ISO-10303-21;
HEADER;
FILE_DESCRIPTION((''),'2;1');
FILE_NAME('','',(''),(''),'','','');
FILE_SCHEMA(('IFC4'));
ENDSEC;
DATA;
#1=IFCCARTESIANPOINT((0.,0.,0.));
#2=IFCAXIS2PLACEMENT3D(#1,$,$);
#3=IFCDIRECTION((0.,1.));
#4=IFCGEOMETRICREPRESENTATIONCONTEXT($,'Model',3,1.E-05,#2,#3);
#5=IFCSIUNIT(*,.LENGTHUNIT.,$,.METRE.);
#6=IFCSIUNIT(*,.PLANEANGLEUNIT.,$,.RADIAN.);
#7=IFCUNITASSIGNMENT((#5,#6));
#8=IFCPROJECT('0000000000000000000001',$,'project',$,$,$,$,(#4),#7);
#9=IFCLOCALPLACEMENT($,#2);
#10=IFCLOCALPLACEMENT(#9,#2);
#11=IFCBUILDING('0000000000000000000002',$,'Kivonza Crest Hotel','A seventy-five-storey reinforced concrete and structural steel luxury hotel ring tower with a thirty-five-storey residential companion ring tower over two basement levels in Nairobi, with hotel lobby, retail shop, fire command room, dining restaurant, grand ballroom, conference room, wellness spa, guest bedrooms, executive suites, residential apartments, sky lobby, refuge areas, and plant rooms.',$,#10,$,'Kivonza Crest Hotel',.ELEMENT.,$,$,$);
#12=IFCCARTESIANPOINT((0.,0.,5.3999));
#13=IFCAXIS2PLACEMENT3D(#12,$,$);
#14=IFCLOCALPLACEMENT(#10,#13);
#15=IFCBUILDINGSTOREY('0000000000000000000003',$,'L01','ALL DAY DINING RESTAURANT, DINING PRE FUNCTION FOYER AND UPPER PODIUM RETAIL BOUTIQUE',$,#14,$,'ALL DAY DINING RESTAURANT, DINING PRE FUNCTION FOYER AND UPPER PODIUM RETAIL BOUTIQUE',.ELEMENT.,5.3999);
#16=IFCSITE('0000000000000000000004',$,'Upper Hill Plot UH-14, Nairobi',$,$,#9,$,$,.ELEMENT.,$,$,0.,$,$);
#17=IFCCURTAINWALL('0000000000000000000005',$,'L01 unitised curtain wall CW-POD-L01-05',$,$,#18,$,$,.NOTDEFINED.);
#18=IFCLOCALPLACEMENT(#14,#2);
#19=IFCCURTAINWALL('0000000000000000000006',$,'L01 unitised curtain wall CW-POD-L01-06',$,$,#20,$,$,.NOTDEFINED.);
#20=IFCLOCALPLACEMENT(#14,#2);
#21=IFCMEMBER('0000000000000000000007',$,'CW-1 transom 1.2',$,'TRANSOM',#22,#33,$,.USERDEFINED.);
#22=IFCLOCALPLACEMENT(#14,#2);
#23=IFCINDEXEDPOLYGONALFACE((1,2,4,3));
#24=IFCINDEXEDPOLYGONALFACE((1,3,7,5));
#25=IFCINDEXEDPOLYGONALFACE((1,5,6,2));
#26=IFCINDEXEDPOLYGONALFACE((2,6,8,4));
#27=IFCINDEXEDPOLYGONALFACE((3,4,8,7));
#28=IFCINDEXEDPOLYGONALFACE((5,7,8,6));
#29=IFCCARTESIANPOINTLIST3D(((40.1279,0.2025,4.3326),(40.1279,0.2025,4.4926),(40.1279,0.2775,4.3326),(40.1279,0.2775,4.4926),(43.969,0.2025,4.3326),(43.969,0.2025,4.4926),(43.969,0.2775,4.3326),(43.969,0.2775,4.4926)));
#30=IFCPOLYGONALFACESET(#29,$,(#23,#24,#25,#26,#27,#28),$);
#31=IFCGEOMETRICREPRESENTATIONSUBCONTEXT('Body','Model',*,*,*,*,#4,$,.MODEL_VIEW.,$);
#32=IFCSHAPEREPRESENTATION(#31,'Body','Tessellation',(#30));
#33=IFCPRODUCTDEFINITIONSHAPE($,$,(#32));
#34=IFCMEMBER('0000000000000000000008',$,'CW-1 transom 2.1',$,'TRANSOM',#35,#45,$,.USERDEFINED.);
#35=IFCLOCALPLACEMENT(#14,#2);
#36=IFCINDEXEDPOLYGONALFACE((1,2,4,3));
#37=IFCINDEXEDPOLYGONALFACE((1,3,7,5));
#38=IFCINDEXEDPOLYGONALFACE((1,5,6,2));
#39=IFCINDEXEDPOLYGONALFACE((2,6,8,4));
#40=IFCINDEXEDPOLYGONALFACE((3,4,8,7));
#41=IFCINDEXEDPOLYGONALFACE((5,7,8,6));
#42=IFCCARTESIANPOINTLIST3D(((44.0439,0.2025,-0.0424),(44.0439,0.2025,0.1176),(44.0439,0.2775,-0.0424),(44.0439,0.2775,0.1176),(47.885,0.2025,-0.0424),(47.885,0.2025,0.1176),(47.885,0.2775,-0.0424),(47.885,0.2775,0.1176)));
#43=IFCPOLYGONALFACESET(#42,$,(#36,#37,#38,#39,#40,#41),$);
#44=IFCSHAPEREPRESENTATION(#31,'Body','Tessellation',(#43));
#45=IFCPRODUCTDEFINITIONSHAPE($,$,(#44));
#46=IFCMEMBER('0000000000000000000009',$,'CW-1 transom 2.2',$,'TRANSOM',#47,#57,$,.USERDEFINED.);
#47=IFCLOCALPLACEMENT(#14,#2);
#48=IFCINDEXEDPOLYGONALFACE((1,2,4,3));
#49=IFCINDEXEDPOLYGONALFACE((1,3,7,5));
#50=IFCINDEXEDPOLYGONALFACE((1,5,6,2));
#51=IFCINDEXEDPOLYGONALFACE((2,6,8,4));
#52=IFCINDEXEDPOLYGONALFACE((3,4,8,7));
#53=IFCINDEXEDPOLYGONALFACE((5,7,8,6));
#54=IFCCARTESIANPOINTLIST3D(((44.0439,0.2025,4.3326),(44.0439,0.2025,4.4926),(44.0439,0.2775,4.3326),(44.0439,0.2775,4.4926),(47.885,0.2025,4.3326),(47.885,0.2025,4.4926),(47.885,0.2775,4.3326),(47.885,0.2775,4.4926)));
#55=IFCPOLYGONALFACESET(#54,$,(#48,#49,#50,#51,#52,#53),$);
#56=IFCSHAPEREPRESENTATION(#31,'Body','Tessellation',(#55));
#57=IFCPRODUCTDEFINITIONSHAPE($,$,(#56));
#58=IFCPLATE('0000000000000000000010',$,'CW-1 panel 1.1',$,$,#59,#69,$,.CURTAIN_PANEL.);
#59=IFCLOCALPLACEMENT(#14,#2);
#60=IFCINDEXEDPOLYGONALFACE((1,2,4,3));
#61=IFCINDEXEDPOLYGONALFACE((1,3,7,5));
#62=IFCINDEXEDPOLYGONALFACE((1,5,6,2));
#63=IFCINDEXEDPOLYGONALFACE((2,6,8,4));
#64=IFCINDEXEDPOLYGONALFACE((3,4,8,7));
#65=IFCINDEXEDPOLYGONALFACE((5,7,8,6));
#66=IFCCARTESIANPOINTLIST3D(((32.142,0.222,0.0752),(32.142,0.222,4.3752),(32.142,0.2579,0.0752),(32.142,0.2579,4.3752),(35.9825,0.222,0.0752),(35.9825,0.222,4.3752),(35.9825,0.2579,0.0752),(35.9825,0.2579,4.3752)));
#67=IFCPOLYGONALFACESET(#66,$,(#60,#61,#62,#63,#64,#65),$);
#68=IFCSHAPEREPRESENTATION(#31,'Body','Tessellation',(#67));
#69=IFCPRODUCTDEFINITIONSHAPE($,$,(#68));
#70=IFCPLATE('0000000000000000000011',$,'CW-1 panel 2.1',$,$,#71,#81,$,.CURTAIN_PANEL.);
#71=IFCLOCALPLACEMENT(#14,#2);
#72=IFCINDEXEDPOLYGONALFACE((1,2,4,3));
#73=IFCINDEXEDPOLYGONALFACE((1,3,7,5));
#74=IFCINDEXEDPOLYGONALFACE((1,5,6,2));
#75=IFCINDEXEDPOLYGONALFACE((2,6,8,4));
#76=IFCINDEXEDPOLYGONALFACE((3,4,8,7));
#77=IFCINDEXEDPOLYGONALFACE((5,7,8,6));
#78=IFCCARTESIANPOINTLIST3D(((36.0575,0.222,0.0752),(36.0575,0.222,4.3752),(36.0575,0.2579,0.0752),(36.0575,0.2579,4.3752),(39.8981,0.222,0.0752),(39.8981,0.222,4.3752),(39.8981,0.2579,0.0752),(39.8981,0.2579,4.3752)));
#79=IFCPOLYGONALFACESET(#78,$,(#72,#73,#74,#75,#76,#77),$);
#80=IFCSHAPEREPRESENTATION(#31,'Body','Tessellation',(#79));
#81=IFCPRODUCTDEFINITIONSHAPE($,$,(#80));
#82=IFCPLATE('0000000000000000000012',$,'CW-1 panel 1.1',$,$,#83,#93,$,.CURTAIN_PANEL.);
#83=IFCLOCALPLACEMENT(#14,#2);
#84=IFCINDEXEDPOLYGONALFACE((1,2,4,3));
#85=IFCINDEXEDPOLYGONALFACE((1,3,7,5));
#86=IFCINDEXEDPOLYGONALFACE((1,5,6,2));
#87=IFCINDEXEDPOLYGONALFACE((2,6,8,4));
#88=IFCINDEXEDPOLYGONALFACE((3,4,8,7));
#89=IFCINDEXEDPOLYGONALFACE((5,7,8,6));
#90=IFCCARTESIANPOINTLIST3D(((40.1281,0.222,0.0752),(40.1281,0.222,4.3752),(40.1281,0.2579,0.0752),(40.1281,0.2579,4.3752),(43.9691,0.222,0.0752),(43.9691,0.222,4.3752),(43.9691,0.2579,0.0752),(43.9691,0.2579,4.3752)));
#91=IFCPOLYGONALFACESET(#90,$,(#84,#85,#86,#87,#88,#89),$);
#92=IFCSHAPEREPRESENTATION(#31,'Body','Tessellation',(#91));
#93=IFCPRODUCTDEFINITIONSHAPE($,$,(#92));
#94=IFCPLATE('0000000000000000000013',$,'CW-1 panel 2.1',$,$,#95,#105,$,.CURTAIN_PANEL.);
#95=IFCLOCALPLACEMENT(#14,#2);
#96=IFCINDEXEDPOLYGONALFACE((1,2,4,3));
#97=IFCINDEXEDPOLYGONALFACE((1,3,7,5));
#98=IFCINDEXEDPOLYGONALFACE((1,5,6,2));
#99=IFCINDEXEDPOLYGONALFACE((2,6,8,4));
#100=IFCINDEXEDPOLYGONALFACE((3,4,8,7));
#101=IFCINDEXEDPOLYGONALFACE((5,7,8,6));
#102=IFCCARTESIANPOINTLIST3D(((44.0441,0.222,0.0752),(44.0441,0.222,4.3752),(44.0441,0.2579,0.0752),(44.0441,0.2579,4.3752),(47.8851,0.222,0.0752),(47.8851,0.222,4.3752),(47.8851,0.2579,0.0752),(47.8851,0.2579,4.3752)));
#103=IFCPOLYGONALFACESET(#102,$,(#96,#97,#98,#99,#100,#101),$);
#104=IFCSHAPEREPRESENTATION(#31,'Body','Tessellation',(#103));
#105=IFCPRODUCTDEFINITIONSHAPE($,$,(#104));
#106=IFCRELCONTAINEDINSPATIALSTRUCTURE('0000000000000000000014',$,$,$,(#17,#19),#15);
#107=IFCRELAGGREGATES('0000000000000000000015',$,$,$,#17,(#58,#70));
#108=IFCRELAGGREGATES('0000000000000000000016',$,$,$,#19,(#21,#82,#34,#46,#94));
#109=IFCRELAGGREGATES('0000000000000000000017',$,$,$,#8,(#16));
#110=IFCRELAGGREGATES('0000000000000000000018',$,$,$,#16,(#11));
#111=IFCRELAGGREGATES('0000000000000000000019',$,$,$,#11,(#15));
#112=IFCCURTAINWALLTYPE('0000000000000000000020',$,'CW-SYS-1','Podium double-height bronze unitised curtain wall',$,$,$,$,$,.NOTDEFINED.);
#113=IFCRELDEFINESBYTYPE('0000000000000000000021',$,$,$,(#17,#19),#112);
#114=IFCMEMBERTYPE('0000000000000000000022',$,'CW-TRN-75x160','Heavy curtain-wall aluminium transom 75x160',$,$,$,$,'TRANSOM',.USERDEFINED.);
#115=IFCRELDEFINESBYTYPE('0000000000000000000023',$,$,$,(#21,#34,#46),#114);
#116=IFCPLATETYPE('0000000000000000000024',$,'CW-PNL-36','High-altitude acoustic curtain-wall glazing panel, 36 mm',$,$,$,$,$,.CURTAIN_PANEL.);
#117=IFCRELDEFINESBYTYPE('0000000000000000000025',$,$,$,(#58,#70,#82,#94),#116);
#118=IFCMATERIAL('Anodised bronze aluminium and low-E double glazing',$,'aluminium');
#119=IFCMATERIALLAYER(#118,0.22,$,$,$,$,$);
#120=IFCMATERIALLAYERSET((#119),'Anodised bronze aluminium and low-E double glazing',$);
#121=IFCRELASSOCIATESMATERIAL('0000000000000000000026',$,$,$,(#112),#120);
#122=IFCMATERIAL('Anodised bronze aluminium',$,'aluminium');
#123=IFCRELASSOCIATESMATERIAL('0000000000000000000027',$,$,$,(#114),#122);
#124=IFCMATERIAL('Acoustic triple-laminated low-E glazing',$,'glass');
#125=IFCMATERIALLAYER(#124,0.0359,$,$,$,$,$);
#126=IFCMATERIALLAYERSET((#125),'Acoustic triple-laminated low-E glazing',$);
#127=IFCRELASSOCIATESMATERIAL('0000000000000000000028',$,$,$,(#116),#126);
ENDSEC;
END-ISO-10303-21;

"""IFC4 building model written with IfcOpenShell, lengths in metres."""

from ifc_helpers import new_model, si_unit, direction, frame, origin, origin_2d, place, context, subcontext, project, spatial, rectangle, extrude, material, layer, layer_set, material_profile, profile_set, type_object, element, aggregate, save


model = new_model("IFC4")

# Units and contexts
model_context = context("Model", 3, precision=1e-05, world=origin(), true_north=direction((0.0, 1.0)))
body_context = subcontext(model_context, "Body", "Model", "MODEL_VIEW")
ifc_project = project(units=[si_unit("LENGTHUNIT", "METRE"), si_unit("PLANEANGLEUNIT", "RADIAN")], contexts=[model_context])

# Site, building, storey
site_placement = place(None, origin())
site = spatial("IfcSite", under=ifc_project, at=site_placement, Name="Upper Hill Plot UH-14, Nairobi", CompositionType="ELEMENT", RefElevation=0.0)
building_placement = place(site_placement, origin())
building = spatial("IfcBuilding", under=site, at=building_placement, Name="Kivonza Crest Hotel", Description="A seventy-five-storey reinforced concrete and structural steel luxury hotel ring tower with a thirty-five-storey residential companion ring tower over two basement levels in Nairobi, with hotel lobby, retail shop, fire command room, dining restaurant, grand ballroom, conference room, wellness spa, guest bedrooms, executive suites, residential apartments, sky lobby, refuge areas, and plant rooms.", LongName="Kivonza Crest Hotel", CompositionType="ELEMENT")
storey_placement = place(building_placement, frame((0.0, 0.0, 5.3999)))
storey = spatial("IfcBuildingStorey", under=building, at=storey_placement, Name="L01", Description="ALL DAY DINING RESTAURANT, DINING PRE FUNCTION FOYER AND UPPER PODIUM RETAIL BOUTIQUE", LongName="ALL DAY DINING RESTAURANT, DINING PRE FUNCTION FOYER AND UPPER PODIUM RETAIL BOUTIQUE", CompositionType="ELEMENT", Elevation=5.3999)

# Shared definitions
ifc_material_1 = material(Name="Anodised bronze aluminium and low-E double glazing", Category="aluminium")
ifc_layer_1 = layer(ifc_material_1, 0.22)
ifc_layer_set_1 = layer_set([ifc_layer_1], Name="Anodised bronze aluminium and low-E double glazing")
curtain_wall_type = type_object("IfcCurtainWallType", Name="CW-SYS-1", Description="Podium double-height bronze unitised curtain wall", PredefinedType="NOTDEFINED", material=ifc_layer_set_1)
ifc_material_2 = material(Name="Anodised bronze aluminium", Category="aluminium")

# Curtain walls
curtain_wall_1_placement = place(storey_placement, origin())
curtain_wall_1 = element("IfcCurtainWall", 1, at=curtain_wall_1_placement, inside=storey, type_object=curtain_wall_type, Name="L01 unitised curtain wall CW-POD-L01-05", PredefinedType="NOTDEFINED")
curtain_wall_2_placement = place(storey_placement, origin())
curtain_wall_2 = element("IfcCurtainWall", 2, at=curtain_wall_2_placement, inside=storey, type_object=curtain_wall_type, Name="L01 unitised curtain wall CW-POD-L01-06", PredefinedType="NOTDEFINED")

# Members
ifc_material_profile_1 = material_profile(ifc_material_2, rectangle(XDim=0.075, YDim=0.1599, at=origin_2d()), Name="CW-T 75x160")
ifc_profile_set_1 = profile_set([ifc_material_profile_1], Name="Anodised bronze aluminium")
member_type_1 = type_object("IfcMemberType", Name="CW-TRN-75x160", Description="Heavy curtain-wall aluminium transom 75x160", ElementType="TRANSOM", PredefinedType="USERDEFINED", material=ifc_profile_set_1)
member_1_placement = place(storey_placement, frame((40.1279, 0.24, 4.4126), z_axis=(1.0, 0.0, 0.0), x_axis=(0.0, 1.0, 0.0)))
member_1 = element("IfcMember", 3, at=member_1_placement, type_object=member_type_1, Name="CW-1 transom 1.2", ObjectType="TRANSOM", PredefinedType="USERDEFINED", context=body_context, shape_type="SweptSolid", body=[
    extrude(rectangle(XDim=0.075, YDim=0.1599, at=origin_2d()), origin(), (0.0, 0.0, 1.0), 3.8411),
])
member_2_placement = place(storey_placement, frame((44.0439, 0.24, 0.0376), z_axis=(1.0, 0.0, 0.0), x_axis=(0.0, 1.0, 0.0)))
member_2 = element("IfcMember", 4, at=member_2_placement, type_object=member_type_1, Name="CW-1 transom 2.1", ObjectType="TRANSOM", PredefinedType="USERDEFINED", context=body_context, shape_type="SweptSolid", body=[
    extrude(rectangle(XDim=0.075, YDim=0.1599, at=origin_2d()), origin(), (0.0, 0.0, 1.0), 3.8411),
])
member_3_placement = place(storey_placement, frame((44.0439, 0.24, 4.4126), z_axis=(1.0, 0.0, 0.0), x_axis=(0.0, 1.0, 0.0)))
member_3 = element("IfcMember", 5, at=member_3_placement, type_object=member_type_1, Name="CW-1 transom 2.2", ObjectType="TRANSOM", PredefinedType="USERDEFINED", context=body_context, shape_type="SweptSolid", body=[
    extrude(rectangle(XDim=0.075, YDim=0.1599, at=origin_2d()), origin(), (0.0, 0.0, 1.0), 3.8411),
])

# Plates
ifc_material_3 = material(Name="Acoustic triple-laminated low-E glazing", Category="glass")
ifc_layer_2 = layer(ifc_material_3, 0.0359)
ifc_layer_set_2 = layer_set([ifc_layer_2], Name="Acoustic triple-laminated low-E glazing")
plate_type = type_object("IfcPlateType", Name="CW-PNL-36", Description="High-altitude acoustic curtain-wall glazing panel, 36 mm", PredefinedType="CURTAIN_PANEL", material=ifc_layer_set_2)
plate_1_placement = place(storey_placement, frame((34.0623, 0.24, 0.0752), z_axis=(0.0, 0.0, 1.0), x_axis=(1.0, 0.0, 0.0)))
plate_1 = element("IfcPlate", 6, at=plate_1_placement, type_object=plate_type, Name="CW-1 panel 1.1", PredefinedType="CURTAIN_PANEL", context=body_context, shape_type="SweptSolid", body=[
    extrude(rectangle(XDim=3.8406, YDim=0.0359, at=origin_2d()), origin(), (0.0, 0.0, 1.0), 4.3),
])
plate_2_placement = place(storey_placement, frame((37.9778, 0.24, 0.0752), z_axis=(0.0, 0.0, 1.0), x_axis=(1.0, 0.0, 0.0)))
plate_2 = element("IfcPlate", 7, at=plate_2_placement, type_object=plate_type, Name="CW-1 panel 2.1", PredefinedType="CURTAIN_PANEL", context=body_context, shape_type="SweptSolid", body=[
    extrude(rectangle(XDim=3.8406, YDim=0.0359, at=origin_2d()), origin(), (0.0, 0.0, 1.0), 4.3),
])
aggregate(curtain_wall_1, [plate_1, plate_2])
plate_3_placement = place(storey_placement, frame((42.0486, 0.24, 0.0752), z_axis=(0.0, 0.0, 1.0), x_axis=(1.0, 0.0, 0.0)))
plate_3 = element("IfcPlate", 8, at=plate_3_placement, type_object=plate_type, Name="CW-1 panel 1.1", PredefinedType="CURTAIN_PANEL", context=body_context, shape_type="SweptSolid", body=[
    extrude(rectangle(XDim=3.8411, YDim=0.0359, at=origin_2d()), origin(), (0.0, 0.0, 1.0), 4.3),
])
plate_4_placement = place(storey_placement, frame((45.9646, 0.24, 0.0752), z_axis=(0.0, 0.0, 1.0), x_axis=(1.0, 0.0, 0.0)))
plate_4 = element("IfcPlate", 9, at=plate_4_placement, type_object=plate_type, Name="CW-1 panel 2.1", PredefinedType="CURTAIN_PANEL", context=body_context, shape_type="SweptSolid", body=[
    extrude(rectangle(XDim=3.8411, YDim=0.0359, at=origin_2d()), origin(), (0.0, 0.0, 1.0), 4.3),
])
aggregate(curtain_wall_2, [member_1, plate_3, member_2, member_3, plate_4])

save(model, "model.ifc")
